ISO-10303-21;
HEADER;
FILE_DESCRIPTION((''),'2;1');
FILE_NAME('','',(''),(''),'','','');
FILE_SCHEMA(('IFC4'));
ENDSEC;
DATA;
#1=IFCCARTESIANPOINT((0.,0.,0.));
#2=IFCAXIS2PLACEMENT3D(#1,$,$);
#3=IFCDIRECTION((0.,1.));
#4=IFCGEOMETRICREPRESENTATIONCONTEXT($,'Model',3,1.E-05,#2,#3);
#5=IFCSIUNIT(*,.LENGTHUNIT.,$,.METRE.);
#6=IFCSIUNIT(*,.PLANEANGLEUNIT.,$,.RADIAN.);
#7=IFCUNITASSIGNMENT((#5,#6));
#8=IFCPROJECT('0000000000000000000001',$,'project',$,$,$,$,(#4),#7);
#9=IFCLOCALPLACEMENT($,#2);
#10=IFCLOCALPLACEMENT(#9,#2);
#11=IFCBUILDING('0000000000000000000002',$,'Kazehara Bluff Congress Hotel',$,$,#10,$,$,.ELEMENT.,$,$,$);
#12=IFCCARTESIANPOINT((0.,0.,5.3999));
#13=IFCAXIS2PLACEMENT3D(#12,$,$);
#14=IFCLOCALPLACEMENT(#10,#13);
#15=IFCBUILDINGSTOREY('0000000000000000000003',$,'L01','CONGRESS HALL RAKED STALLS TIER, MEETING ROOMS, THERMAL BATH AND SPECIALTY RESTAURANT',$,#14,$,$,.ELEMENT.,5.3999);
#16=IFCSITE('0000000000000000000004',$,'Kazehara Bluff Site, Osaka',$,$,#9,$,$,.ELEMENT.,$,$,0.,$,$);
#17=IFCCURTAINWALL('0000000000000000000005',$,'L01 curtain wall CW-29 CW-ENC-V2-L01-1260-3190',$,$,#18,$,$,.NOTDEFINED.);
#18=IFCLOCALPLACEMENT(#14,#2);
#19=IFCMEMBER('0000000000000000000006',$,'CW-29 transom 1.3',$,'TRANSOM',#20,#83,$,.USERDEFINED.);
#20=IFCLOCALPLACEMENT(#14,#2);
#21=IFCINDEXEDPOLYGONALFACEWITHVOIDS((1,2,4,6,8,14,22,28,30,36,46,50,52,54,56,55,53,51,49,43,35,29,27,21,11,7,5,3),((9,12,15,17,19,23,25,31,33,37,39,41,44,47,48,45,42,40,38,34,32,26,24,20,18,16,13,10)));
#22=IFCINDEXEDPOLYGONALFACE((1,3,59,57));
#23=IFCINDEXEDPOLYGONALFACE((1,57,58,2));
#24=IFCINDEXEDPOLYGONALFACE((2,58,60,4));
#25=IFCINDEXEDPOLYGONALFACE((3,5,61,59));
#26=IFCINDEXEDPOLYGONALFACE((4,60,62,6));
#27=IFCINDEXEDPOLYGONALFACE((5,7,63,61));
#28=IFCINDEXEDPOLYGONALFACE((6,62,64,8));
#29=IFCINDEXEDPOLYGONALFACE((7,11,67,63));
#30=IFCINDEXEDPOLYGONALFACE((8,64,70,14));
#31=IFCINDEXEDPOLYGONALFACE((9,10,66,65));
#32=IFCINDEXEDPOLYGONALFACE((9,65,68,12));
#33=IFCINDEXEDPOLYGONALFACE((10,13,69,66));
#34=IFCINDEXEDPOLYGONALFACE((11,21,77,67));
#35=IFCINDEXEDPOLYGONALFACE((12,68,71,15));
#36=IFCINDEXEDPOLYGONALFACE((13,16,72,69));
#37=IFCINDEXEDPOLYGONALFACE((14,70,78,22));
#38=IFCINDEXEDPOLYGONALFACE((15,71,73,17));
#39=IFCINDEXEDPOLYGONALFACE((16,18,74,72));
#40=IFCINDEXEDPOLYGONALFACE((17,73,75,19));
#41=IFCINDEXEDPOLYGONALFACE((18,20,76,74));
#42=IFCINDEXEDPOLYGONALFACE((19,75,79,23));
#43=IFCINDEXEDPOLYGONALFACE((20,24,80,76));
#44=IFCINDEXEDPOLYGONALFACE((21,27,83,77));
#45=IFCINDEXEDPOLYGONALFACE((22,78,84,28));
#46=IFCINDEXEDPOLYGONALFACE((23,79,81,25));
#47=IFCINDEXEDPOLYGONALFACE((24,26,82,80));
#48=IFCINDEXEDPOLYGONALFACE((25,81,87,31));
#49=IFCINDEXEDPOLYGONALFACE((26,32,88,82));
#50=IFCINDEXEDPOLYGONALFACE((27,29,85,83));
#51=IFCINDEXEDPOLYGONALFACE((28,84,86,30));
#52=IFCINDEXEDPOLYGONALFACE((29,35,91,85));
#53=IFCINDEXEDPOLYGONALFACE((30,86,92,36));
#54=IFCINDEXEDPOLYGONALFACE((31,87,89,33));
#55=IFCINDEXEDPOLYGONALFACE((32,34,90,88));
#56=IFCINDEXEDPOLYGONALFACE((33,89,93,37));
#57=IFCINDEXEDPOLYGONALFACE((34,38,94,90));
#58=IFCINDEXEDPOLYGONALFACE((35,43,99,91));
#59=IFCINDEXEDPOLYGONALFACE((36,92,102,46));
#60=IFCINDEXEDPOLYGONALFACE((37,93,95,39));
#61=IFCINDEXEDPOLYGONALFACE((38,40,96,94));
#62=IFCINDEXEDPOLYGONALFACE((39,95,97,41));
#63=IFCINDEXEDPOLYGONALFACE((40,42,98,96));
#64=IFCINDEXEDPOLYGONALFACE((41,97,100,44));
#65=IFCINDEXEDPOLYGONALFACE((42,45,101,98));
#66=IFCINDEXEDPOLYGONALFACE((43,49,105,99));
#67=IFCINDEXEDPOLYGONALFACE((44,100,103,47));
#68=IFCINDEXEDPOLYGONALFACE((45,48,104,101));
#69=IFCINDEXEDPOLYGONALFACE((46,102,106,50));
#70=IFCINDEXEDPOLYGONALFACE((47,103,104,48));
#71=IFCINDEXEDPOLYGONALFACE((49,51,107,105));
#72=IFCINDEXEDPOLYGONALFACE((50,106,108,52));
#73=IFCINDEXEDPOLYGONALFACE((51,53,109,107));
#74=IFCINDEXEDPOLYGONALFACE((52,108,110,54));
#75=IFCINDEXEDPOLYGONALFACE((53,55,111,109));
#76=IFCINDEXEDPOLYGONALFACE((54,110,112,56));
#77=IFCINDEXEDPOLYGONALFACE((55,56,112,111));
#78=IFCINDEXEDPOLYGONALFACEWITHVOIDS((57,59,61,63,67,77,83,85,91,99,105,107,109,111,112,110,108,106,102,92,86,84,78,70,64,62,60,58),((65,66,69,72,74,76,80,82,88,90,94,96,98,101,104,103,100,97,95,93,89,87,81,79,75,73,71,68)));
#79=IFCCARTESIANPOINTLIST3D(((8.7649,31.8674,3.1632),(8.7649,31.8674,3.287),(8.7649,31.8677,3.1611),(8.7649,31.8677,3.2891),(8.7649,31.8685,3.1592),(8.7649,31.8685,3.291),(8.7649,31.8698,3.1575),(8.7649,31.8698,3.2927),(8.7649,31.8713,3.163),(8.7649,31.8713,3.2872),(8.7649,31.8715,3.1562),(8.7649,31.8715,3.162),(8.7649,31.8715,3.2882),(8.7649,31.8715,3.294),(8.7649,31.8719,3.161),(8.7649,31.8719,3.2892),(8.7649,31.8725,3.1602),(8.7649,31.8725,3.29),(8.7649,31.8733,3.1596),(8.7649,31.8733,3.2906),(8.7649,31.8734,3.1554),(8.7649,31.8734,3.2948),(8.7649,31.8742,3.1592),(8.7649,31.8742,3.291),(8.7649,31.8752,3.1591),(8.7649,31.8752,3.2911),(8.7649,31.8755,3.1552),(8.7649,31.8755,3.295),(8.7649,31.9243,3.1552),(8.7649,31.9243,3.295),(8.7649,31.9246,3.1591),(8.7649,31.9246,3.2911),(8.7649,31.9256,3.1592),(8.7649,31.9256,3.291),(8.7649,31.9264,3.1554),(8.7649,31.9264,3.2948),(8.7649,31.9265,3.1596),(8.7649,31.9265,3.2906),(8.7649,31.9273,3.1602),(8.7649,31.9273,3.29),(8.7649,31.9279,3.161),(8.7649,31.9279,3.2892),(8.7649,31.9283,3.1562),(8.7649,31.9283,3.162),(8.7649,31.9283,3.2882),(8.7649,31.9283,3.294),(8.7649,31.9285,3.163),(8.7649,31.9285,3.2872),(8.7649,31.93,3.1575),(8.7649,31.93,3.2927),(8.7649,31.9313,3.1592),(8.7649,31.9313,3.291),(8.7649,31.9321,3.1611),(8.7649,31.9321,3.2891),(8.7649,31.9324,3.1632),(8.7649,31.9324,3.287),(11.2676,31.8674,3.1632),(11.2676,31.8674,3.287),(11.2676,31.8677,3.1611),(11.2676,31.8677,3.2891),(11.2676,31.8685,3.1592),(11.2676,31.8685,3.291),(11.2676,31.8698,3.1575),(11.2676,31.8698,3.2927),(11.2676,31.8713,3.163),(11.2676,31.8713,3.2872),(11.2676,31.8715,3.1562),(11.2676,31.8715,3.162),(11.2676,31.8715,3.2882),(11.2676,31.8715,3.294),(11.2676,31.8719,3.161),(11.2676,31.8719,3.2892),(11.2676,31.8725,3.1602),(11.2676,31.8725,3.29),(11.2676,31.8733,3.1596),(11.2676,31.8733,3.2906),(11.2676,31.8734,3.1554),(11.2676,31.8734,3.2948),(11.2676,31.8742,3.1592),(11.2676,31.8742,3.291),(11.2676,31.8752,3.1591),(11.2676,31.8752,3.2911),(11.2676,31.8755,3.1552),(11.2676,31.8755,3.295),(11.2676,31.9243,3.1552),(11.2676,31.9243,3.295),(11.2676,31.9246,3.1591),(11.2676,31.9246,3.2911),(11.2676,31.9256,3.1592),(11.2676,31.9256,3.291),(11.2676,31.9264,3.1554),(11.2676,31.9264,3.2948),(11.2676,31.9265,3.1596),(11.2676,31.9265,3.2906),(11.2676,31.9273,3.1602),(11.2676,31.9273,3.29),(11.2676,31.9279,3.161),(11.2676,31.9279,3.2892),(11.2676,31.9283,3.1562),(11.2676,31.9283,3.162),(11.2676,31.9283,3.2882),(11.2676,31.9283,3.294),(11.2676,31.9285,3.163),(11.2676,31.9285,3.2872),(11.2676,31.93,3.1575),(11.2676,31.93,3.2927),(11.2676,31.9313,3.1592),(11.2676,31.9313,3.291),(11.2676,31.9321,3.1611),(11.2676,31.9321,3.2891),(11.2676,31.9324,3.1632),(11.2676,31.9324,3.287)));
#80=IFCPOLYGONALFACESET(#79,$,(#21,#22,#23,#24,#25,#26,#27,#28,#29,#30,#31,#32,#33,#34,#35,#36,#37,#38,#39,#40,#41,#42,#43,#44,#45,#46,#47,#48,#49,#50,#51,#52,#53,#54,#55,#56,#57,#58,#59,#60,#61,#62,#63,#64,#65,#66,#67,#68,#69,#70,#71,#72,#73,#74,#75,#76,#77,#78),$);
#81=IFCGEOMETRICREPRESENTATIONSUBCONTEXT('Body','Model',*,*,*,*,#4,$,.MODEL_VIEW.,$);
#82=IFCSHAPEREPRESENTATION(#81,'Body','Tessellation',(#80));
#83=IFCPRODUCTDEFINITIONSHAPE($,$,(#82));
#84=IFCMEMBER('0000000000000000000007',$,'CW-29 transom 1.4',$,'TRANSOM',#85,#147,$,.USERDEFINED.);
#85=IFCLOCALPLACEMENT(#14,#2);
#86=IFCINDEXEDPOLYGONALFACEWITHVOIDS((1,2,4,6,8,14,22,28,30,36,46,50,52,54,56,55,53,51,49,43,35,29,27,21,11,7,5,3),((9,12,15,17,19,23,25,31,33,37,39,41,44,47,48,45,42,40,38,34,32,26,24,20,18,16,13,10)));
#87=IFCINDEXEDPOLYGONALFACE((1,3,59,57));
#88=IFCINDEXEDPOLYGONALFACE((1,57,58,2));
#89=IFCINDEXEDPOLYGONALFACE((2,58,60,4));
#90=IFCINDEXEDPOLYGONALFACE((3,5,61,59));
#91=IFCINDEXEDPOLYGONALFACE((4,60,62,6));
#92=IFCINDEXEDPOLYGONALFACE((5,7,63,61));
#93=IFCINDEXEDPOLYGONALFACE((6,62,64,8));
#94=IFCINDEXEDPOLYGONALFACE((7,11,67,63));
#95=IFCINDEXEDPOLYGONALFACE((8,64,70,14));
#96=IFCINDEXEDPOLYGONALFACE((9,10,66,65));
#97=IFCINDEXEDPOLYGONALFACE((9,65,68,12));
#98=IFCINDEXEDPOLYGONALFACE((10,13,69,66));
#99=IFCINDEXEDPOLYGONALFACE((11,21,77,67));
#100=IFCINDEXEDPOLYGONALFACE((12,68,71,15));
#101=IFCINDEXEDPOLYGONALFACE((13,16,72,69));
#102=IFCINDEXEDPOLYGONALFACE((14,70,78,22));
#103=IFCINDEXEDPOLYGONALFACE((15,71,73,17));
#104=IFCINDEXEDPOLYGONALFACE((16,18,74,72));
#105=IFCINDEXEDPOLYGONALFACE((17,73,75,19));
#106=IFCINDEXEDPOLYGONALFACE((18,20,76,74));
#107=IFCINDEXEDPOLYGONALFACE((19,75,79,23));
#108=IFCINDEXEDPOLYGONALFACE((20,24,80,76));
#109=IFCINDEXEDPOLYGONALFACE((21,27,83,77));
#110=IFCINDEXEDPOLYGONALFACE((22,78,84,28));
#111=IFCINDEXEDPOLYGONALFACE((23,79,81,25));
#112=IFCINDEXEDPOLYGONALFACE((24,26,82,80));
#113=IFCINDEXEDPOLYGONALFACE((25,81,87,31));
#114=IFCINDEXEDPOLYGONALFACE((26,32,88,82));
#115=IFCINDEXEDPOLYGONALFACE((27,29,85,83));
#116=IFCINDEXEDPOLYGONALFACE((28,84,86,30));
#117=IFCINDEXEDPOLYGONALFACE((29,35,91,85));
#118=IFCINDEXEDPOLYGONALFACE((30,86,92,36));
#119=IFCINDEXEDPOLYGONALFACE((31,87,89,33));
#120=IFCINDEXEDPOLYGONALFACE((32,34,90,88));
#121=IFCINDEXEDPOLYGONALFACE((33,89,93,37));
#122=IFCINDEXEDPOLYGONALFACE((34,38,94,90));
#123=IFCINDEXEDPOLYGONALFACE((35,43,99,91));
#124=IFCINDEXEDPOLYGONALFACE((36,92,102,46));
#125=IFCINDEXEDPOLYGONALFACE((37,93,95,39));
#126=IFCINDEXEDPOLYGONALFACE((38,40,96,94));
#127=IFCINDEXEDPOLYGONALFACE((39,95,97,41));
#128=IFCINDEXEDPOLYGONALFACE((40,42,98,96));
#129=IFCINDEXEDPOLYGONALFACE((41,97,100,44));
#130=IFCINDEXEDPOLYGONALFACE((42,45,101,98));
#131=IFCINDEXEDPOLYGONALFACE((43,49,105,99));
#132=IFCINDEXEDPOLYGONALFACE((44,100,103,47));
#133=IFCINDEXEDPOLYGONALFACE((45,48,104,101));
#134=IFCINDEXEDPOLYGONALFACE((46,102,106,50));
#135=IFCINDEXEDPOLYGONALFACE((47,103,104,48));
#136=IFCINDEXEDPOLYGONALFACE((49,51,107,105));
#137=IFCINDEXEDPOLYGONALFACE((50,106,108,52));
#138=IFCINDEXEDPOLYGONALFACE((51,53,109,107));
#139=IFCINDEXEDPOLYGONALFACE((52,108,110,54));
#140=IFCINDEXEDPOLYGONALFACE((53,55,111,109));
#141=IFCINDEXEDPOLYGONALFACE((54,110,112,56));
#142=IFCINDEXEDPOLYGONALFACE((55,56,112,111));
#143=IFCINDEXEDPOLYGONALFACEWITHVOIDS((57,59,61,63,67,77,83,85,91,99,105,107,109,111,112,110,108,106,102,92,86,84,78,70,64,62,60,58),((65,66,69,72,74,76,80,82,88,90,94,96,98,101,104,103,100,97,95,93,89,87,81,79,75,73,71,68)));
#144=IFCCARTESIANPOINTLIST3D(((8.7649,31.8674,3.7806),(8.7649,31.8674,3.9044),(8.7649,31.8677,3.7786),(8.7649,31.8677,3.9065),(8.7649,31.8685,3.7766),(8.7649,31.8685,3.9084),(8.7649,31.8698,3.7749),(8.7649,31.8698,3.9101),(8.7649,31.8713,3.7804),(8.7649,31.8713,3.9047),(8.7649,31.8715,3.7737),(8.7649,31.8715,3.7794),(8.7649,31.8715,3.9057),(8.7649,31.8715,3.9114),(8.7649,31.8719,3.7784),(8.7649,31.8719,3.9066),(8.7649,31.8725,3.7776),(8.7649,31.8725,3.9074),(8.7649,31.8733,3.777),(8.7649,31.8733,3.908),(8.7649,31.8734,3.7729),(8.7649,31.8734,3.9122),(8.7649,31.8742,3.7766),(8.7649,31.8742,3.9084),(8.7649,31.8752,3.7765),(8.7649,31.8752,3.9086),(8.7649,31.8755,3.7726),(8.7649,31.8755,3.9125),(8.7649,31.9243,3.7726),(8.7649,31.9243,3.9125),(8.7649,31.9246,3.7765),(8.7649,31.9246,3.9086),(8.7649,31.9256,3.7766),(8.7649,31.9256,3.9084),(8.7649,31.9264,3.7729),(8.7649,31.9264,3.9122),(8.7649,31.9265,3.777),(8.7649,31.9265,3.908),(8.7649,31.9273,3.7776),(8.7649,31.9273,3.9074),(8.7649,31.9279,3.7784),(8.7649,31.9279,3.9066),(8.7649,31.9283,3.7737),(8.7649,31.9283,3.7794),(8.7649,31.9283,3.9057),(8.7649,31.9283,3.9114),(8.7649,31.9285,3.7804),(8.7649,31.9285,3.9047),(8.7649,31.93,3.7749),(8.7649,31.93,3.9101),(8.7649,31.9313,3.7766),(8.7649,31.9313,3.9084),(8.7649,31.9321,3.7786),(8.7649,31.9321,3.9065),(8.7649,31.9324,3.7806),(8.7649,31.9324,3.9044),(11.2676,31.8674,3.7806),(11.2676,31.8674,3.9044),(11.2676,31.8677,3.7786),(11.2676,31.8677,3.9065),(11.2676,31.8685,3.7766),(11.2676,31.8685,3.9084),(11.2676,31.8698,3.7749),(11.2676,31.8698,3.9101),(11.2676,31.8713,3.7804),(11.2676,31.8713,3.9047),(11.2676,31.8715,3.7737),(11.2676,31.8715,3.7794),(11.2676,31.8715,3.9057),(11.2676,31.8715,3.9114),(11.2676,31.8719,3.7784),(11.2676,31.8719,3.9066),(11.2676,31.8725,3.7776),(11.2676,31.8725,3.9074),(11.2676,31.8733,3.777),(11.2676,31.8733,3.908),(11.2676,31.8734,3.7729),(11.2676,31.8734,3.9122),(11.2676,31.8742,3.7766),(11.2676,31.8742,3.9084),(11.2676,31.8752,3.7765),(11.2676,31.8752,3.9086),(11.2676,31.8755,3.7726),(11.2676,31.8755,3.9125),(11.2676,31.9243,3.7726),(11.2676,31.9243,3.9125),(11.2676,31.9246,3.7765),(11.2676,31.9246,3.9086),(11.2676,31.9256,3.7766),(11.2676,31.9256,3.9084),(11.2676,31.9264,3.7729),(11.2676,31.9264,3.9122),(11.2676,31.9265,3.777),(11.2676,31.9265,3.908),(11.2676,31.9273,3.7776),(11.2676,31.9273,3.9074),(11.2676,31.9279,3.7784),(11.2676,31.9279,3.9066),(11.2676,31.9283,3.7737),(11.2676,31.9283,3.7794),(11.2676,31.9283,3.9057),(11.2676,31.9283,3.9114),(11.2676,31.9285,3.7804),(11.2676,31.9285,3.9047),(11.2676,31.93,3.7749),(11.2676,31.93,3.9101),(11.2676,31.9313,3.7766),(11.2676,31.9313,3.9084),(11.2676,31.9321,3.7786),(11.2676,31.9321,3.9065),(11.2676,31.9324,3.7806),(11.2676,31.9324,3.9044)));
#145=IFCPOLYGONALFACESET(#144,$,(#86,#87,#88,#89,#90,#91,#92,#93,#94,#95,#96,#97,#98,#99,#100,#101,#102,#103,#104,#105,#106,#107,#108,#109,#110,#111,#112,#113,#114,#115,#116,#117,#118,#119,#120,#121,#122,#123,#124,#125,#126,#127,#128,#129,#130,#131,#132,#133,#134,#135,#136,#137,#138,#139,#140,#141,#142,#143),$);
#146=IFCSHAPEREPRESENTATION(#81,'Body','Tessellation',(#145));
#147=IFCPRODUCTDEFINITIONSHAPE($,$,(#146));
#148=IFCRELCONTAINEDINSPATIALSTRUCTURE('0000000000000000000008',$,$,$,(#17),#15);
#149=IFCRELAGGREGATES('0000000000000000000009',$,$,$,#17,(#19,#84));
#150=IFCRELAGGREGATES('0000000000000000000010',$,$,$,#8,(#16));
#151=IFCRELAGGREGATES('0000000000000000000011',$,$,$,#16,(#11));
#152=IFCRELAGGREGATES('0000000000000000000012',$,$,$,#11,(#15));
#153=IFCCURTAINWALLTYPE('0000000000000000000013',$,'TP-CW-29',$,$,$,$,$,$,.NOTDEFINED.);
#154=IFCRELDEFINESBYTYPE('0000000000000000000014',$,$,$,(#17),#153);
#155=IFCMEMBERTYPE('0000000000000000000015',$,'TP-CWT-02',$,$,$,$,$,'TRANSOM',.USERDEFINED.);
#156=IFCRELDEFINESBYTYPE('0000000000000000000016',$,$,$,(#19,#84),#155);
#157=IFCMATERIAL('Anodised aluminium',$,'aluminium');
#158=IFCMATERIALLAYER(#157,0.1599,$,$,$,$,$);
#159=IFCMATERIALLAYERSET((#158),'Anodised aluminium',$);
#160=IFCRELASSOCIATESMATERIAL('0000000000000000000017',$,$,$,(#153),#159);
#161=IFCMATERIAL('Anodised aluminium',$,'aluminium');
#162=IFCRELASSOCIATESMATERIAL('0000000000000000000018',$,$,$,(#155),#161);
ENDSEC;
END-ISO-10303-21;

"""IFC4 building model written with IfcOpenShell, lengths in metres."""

from ifc_helpers import new_model, si_unit, direction, frame, origin, origin_2d, place, context, subcontext, project, spatial, hollow_rectangle, extrude, material, layer, layer_set, material_profile, profile_set, type_object, element, aggregate, save


model = new_model("IFC4")

# Units and contexts
model_context = context("Model", 3, precision=1e-05, world=origin(), true_north=direction((0.0, 1.0)))
body_context = subcontext(model_context, "Body", "Model", "MODEL_VIEW")
ifc_project = project(units=[si_unit("LENGTHUNIT", "METRE"), si_unit("PLANEANGLEUNIT", "RADIAN")], contexts=[model_context])

# Site, building, storey
site_placement = place(None, origin())
site = spatial("IfcSite", under=ifc_project, at=site_placement, Name="Kazehara Bluff Site, Osaka", CompositionType="ELEMENT", RefElevation=0.0)
building_placement = place(site_placement, origin())
building = spatial("IfcBuilding", under=site, at=building_placement, Name="Kazehara Bluff Congress Hotel", CompositionType="ELEMENT")
storey_placement = place(building_placement, frame((0.0, 0.0, 5.3999)))
storey = spatial("IfcBuildingStorey", under=building, at=storey_placement, Name="L01", Description="CONGRESS HALL RAKED STALLS TIER, MEETING ROOMS, THERMAL BATH AND SPECIALTY RESTAURANT", CompositionType="ELEMENT", Elevation=5.3999)

# Curtain wall
ifc_material_1 = material(Name="Anodised aluminium", Category="aluminium")
ifc_layer_1 = layer(ifc_material_1, 0.1599)
ifc_layer_set_1 = layer_set([ifc_layer_1], Name="Anodised aluminium")
curtain_wall_type_1 = type_object("IfcCurtainWallType", Name="TP-CW-29", PredefinedType="NOTDEFINED", material=ifc_layer_set_1)
curtain_wall_1_placement = place(storey_placement, origin())
curtain_wall_1 = element("IfcCurtainWall", 1, at=curtain_wall_1_placement, inside=storey, type_object=curtain_wall_type_1, Name="L01 curtain wall CW-29 CW-ENC-V2-L01-1260-3190", PredefinedType="NOTDEFINED")

# Members
ifc_material_2 = material(Name="Anodised aluminium", Category="aluminium")
ifc_material_profile_1 = material_profile(ifc_material_2, hollow_rectangle(XDim=0.0649, YDim=0.1399, WallThickness=0.0039, InnerFilletRadius=0.0039, OuterFilletRadius=0.0081, at=origin_2d()))
ifc_profile_set_1 = profile_set([ifc_material_profile_1], Name="Anodised aluminium")
member_type_1 = type_object("IfcMemberType", Name="TP-CWT-02", ElementType="TRANSOM", PredefinedType="USERDEFINED", material=ifc_profile_set_1)
member_1_placement = place(storey_placement, frame((8.7649, 31.8999, 3.2251), z_axis=(1.0, 0.0, 0.0), x_axis=(0.0, 1.0, 0.0)))
member_1 = element("IfcMember", 2, at=member_1_placement, type_object=member_type_1, Name="CW-29 transom 1.3", ObjectType="TRANSOM", PredefinedType="USERDEFINED", context=body_context, shape_type="SweptSolid", body=[
    extrude(hollow_rectangle(XDim=0.0649, YDim=0.1399, WallThickness=0.0039, InnerFilletRadius=0.0039, OuterFilletRadius=0.0081, at=origin_2d()), origin(), (0.0, 0.0, 1.0), 2.5027),
])
member_2_placement = place(storey_placement, frame((8.7649, 31.8999, 3.8425), z_axis=(1.0, 0.0, 0.0), x_axis=(0.0, 1.0, 0.0)))
member_2 = element("IfcMember", 3, at=member_2_placement, type_object=member_type_1, Name="CW-29 transom 1.4", ObjectType="TRANSOM", PredefinedType="USERDEFINED", context=body_context, shape_type="SweptSolid", body=[
    extrude(hollow_rectangle(XDim=0.0649, YDim=0.1399, WallThickness=0.0039, InnerFilletRadius=0.0039, OuterFilletRadius=0.0081, at=origin_2d()), origin(), (0.0, 0.0, 1.0), 2.5027),
])

aggregate(curtain_wall_1, [member_1, member_2])

save(model, "model.ifc")
